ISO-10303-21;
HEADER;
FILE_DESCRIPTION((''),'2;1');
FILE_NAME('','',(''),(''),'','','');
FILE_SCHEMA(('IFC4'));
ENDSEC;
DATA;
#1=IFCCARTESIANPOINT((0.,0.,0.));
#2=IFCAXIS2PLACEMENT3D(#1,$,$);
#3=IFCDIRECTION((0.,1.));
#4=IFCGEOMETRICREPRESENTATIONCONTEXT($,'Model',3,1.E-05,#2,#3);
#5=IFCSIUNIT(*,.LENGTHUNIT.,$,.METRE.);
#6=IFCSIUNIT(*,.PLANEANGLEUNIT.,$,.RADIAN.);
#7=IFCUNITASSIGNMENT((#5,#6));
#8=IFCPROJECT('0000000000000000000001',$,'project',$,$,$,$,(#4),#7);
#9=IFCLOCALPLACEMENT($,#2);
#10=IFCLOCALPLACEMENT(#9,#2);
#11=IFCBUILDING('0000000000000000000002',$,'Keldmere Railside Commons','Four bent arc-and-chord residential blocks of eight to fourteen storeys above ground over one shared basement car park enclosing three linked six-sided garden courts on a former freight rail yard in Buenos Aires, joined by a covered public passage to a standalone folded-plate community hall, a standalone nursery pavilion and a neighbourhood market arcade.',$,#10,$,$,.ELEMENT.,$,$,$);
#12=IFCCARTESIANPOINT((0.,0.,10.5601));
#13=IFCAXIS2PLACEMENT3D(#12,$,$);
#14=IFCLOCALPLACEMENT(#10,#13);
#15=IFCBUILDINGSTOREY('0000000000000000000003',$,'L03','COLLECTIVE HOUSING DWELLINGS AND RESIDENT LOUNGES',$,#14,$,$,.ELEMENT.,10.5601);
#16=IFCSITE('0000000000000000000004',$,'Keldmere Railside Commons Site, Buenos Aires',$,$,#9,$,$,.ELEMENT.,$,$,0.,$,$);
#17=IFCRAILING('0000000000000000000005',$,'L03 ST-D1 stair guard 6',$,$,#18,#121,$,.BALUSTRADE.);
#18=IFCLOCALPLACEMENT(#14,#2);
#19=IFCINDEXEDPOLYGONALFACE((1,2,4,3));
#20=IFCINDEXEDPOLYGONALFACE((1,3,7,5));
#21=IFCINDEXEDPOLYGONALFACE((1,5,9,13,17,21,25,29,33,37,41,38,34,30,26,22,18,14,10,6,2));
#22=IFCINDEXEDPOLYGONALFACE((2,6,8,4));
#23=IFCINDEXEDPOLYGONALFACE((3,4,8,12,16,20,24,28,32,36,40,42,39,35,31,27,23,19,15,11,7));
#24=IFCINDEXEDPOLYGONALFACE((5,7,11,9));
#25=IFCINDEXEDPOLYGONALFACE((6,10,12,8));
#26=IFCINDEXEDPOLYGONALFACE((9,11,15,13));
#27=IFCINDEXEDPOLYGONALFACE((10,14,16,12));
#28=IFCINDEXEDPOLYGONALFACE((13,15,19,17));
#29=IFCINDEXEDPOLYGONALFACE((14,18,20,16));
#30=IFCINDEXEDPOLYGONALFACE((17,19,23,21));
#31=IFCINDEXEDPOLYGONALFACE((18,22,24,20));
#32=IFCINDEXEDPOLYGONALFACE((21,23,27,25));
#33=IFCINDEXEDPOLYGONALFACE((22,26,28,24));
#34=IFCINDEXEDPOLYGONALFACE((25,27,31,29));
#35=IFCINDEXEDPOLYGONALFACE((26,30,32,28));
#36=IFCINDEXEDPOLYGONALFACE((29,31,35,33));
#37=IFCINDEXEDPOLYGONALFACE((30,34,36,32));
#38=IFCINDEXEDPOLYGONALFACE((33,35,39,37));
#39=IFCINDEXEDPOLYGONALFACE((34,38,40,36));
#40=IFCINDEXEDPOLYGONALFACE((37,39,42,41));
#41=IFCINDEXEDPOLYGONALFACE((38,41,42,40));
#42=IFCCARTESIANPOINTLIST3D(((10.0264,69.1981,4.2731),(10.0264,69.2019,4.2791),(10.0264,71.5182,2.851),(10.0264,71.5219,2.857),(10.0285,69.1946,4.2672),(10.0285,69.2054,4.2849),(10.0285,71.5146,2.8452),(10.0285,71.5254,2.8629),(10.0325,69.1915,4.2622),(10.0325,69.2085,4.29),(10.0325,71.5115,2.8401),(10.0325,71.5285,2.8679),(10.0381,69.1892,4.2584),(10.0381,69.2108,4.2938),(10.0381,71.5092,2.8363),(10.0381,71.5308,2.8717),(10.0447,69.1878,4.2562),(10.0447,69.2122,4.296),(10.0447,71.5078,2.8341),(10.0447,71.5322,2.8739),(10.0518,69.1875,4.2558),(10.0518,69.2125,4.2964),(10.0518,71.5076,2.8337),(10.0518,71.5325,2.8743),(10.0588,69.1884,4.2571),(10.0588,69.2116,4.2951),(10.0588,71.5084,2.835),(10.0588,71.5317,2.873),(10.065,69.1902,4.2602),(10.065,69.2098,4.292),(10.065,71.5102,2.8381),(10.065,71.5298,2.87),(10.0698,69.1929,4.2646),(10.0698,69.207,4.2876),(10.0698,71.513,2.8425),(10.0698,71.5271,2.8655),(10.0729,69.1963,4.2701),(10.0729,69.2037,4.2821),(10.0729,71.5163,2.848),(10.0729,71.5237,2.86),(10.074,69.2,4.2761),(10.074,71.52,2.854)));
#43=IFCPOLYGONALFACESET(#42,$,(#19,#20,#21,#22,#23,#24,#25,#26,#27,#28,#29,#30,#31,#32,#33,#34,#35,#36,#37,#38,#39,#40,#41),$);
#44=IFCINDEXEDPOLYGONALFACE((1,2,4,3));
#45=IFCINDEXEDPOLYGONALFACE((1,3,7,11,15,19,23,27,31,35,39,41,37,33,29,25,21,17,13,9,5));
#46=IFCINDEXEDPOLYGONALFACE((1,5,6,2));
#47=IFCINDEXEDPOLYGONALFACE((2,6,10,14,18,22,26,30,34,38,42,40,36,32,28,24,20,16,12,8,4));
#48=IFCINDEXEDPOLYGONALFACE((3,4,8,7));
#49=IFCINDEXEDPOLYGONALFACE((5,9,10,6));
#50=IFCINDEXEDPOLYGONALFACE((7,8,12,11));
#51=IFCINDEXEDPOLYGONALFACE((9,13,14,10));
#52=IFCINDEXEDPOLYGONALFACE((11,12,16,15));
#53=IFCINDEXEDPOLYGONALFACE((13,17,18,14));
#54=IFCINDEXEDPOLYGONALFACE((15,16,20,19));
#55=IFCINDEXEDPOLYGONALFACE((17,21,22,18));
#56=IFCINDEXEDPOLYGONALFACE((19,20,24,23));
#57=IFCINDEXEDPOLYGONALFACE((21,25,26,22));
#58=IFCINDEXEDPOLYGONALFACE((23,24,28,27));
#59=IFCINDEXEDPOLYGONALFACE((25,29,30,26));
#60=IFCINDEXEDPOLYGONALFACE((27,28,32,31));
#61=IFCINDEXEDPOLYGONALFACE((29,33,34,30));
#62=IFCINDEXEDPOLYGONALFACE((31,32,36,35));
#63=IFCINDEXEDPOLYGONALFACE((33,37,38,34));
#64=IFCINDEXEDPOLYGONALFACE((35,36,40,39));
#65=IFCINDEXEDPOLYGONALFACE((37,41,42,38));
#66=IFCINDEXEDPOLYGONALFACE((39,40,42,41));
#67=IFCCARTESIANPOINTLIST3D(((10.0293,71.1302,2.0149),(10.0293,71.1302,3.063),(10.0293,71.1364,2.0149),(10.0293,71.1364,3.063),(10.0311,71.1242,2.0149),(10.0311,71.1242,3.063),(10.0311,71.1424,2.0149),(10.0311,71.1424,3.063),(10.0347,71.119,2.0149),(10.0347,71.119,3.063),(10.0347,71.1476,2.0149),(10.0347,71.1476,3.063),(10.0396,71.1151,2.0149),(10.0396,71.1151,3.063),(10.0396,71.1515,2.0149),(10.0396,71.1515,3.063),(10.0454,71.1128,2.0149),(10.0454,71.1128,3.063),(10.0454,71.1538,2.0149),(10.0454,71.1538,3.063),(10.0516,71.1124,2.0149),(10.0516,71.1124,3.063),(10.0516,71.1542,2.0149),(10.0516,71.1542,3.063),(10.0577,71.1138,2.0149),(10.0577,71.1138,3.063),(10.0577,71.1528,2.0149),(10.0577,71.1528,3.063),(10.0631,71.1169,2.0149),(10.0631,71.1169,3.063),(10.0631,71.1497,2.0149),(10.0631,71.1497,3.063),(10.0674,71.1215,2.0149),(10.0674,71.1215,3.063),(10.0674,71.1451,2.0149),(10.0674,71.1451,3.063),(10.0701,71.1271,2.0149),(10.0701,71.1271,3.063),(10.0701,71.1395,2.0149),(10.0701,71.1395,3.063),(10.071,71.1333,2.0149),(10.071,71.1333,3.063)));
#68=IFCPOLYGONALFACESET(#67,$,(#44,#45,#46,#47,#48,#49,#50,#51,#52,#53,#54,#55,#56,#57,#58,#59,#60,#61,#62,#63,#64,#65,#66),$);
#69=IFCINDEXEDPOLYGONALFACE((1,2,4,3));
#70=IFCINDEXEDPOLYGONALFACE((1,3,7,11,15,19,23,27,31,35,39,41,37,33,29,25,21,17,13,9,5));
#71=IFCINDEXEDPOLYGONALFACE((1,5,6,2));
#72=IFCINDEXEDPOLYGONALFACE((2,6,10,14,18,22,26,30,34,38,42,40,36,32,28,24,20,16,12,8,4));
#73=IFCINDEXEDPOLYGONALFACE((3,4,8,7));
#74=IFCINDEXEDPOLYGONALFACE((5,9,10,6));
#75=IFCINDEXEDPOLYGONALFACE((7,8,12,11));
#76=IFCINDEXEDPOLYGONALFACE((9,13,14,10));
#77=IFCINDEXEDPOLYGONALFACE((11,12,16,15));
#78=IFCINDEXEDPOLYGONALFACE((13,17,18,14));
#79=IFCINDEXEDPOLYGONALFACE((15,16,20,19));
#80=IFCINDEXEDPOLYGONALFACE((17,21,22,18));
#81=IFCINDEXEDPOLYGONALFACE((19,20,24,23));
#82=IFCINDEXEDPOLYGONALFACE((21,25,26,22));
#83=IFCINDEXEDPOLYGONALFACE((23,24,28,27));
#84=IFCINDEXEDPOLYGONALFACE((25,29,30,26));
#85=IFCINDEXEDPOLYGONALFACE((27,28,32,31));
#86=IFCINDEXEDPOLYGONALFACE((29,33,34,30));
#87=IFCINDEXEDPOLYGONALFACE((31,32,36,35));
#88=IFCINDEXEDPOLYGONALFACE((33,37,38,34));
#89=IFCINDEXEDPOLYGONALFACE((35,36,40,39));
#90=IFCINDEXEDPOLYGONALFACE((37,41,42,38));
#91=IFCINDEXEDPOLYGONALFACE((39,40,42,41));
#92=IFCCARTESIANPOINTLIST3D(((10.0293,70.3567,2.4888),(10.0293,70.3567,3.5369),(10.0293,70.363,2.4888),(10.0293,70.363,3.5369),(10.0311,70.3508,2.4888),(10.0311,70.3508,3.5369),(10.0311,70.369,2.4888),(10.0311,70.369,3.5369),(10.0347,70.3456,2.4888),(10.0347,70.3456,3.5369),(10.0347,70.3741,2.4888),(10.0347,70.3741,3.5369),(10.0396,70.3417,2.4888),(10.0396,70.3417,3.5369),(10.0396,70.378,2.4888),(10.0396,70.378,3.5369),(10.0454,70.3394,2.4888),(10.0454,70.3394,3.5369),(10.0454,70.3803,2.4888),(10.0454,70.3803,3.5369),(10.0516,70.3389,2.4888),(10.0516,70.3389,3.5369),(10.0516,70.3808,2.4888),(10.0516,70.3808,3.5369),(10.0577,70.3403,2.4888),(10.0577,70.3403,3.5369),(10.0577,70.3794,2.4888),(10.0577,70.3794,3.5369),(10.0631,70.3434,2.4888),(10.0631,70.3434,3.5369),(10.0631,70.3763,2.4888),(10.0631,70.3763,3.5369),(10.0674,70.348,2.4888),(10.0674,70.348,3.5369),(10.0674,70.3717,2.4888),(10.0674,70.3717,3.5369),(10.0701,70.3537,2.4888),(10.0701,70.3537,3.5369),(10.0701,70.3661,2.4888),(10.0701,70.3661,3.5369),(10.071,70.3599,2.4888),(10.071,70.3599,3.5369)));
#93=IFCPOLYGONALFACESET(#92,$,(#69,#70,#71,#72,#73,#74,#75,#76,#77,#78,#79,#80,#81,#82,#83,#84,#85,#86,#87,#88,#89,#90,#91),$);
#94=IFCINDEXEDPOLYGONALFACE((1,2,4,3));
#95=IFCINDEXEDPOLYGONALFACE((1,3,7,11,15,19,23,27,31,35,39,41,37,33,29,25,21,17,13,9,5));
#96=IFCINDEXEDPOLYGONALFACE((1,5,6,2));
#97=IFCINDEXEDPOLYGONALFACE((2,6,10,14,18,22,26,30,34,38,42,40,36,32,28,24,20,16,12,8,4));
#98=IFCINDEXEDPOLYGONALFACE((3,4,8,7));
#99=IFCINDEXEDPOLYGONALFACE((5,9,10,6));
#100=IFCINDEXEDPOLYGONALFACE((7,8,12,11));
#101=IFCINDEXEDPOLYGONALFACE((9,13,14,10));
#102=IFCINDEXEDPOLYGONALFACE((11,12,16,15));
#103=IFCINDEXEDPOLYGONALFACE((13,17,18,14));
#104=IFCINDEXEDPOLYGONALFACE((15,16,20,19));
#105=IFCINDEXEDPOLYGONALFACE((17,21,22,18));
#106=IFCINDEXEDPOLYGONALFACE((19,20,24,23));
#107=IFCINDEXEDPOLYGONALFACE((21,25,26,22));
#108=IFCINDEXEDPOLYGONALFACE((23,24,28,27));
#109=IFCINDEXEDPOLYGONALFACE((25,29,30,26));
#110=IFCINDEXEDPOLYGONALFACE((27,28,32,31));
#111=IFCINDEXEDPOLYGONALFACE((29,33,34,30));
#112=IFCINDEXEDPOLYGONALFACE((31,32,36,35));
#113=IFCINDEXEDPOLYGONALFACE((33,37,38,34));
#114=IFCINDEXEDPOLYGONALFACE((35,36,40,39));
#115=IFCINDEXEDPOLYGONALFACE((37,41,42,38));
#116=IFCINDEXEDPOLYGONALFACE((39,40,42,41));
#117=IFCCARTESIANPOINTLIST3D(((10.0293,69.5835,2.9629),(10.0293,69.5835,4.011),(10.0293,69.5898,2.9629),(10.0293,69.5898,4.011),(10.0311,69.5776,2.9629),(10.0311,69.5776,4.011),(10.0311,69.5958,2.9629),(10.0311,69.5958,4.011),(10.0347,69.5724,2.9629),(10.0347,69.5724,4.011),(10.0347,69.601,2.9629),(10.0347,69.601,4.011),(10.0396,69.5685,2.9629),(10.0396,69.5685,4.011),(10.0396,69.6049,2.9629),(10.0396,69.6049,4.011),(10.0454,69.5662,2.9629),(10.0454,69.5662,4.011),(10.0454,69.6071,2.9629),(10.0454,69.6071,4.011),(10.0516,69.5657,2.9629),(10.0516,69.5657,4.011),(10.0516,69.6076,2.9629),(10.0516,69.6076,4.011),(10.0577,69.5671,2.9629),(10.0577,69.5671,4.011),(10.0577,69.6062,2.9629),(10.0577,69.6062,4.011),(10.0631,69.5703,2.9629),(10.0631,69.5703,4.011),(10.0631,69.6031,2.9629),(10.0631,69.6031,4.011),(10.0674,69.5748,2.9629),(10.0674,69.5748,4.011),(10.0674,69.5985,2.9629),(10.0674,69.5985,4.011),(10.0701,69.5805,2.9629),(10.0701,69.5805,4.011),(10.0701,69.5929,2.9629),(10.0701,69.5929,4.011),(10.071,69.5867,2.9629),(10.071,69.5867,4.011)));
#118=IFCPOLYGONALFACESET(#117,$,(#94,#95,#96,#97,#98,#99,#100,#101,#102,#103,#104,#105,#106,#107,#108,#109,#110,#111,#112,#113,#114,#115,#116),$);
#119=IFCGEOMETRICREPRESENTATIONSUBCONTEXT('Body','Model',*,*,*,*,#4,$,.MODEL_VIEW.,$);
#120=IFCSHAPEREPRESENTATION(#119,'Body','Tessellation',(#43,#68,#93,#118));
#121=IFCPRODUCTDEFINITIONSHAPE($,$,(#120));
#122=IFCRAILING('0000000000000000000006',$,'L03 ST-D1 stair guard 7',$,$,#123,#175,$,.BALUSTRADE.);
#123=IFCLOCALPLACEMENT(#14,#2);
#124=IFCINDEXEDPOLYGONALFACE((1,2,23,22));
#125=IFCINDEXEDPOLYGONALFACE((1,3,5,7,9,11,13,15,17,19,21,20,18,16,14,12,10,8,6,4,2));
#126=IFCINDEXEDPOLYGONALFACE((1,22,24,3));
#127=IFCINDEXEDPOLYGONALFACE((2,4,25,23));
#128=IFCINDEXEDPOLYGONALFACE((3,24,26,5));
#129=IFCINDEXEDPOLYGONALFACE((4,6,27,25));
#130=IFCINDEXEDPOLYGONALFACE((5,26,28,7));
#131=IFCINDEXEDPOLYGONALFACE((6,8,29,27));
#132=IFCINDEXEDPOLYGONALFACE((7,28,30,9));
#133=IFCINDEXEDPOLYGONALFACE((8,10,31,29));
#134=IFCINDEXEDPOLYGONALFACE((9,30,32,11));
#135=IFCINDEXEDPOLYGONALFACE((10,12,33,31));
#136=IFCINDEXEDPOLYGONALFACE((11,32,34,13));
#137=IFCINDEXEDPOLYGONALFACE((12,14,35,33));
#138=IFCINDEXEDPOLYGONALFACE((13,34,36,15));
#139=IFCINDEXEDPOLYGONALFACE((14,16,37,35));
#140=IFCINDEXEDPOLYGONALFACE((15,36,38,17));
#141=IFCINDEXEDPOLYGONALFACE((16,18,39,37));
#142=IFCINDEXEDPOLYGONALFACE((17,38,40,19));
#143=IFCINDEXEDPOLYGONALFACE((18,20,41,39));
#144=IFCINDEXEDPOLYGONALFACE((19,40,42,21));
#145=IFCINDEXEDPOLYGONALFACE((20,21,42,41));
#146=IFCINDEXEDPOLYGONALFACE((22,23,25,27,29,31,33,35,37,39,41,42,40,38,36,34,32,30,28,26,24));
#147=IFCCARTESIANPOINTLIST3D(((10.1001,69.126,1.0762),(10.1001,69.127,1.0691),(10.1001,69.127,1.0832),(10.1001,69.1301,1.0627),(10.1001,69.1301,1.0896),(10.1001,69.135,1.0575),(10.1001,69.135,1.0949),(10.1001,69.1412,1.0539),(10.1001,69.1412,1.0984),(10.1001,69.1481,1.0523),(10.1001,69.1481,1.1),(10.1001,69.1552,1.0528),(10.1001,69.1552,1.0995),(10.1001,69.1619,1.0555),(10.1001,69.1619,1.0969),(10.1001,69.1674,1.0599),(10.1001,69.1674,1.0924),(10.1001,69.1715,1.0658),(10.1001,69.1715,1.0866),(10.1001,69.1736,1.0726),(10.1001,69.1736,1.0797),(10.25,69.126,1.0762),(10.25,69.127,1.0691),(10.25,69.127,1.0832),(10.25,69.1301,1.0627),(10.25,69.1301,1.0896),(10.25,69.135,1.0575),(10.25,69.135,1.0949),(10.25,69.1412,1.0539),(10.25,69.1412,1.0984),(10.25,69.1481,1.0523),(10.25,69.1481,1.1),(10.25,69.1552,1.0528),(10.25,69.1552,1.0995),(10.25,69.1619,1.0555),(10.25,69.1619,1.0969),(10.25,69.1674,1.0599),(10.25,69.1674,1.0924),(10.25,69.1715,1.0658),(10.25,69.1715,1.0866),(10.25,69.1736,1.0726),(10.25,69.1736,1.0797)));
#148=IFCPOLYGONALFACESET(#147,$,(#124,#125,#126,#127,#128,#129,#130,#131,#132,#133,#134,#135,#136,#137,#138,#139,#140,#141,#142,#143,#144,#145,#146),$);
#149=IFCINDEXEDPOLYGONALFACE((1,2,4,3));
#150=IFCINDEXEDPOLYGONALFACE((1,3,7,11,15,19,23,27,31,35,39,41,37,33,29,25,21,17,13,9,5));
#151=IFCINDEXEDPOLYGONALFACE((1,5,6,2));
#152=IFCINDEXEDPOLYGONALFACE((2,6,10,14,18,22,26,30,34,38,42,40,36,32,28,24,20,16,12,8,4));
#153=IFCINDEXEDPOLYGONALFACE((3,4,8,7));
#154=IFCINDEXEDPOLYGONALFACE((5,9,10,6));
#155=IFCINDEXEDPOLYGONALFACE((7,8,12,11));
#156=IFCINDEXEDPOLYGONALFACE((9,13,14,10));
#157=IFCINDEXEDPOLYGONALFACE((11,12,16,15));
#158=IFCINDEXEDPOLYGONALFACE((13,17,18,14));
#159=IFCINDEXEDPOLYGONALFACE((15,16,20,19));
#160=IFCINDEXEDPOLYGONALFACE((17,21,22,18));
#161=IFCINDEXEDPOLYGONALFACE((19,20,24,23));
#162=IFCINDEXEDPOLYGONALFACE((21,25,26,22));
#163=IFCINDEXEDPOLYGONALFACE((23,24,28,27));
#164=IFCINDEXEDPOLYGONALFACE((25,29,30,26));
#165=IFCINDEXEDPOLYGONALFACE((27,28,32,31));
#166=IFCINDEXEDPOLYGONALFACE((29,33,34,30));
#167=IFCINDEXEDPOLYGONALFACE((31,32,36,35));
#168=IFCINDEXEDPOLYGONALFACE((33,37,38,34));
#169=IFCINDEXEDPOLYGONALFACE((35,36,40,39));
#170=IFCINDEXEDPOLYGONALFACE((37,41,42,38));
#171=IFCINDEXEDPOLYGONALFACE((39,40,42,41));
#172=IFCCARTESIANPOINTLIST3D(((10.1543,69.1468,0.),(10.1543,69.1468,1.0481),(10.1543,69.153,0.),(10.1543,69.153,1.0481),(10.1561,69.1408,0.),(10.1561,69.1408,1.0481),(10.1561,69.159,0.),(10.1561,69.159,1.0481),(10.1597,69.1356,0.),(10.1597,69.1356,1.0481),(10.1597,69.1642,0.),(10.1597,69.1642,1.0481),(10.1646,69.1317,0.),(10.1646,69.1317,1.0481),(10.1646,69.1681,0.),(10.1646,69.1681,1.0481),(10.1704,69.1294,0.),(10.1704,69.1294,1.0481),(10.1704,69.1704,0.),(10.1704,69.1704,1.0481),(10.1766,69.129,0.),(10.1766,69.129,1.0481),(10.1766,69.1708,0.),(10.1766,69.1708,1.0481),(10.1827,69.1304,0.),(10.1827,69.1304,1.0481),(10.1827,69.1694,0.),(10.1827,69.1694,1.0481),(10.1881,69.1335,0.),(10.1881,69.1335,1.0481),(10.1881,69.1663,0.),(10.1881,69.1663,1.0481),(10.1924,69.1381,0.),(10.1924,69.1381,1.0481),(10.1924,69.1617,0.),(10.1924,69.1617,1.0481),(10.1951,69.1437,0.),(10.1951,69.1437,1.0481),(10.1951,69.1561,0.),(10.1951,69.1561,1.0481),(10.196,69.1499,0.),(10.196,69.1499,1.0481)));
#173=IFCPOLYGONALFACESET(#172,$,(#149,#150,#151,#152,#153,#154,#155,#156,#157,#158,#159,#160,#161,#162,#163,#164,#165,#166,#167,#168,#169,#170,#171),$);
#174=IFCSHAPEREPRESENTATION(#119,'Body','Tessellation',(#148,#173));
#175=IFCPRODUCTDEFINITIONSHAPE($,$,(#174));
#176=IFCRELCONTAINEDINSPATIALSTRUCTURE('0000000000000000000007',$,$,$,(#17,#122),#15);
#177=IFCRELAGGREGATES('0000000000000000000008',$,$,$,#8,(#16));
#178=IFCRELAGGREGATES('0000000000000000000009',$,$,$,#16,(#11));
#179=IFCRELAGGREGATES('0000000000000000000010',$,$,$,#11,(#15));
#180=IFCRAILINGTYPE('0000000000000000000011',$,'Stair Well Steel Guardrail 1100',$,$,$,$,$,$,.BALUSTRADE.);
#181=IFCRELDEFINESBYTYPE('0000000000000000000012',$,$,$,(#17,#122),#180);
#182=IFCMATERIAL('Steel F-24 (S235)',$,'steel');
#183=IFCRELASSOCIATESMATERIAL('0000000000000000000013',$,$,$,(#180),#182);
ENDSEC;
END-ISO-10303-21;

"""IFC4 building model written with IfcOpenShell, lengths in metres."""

from ifc_helpers import new_model, si_unit, direction, frame, origin, origin_2d, place, context, subcontext, project, spatial, circle, extrude, material, type_object, element, save


model = new_model("IFC4")

# Units and contexts
model_context = context("Model", 3, precision=1e-05, world=origin(), true_north=direction((0.0, 1.0)))
body_context = subcontext(model_context, "Body", "Model", "MODEL_VIEW")
ifc_project = project(units=[si_unit("LENGTHUNIT", "METRE"), si_unit("PLANEANGLEUNIT", "RADIAN")], contexts=[model_context])

# Site, building, storey
site_placement = place(None, origin())
site = spatial("IfcSite", under=ifc_project, at=site_placement, Name="Keldmere Railside Commons Site, Buenos Aires", CompositionType="ELEMENT", RefElevation=0.0)
building_placement = place(site_placement, origin())
building = spatial("IfcBuilding", under=site, at=building_placement, Name="Keldmere Railside Commons", Description="Four bent arc-and-chord residential blocks of eight to fourteen storeys above ground over one shared basement car park enclosing three linked six-sided garden courts on a former freight rail yard in Buenos Aires, joined by a covered public passage to a standalone folded-plate community hall, a standalone nursery pavilion and a neighbourhood market arcade.", CompositionType="ELEMENT")
storey_placement = place(building_placement, frame((0.0, 0.0, 10.5601)))
storey = spatial("IfcBuildingStorey", under=building, at=storey_placement, Name="L03", Description="COLLECTIVE HOUSING DWELLINGS AND RESIDENT LOUNGES", CompositionType="ELEMENT", Elevation=10.5601)

# Railings
ifc_material_1 = material(Name="Steel F-24 (S235)", Category="steel")
railing_type_1 = type_object("IfcRailingType", Name="Stair Well Steel Guardrail 1100", PredefinedType="BALUSTRADE", material=ifc_material_1)
railing_1_placement = place(storey_placement, frame((10.05, 71.52, 1.7778)))
element("IfcRailing", 1, at=railing_1_placement, inside=storey, type_object=railing_type_1, Name="L03 ST-D1 stair guard 6", PredefinedType="BALUSTRADE", context=body_context, shape_type="SweptSolid", body=[
    extrude(circle(Radius=0.0239, at=origin_2d()), frame((0.0, 0.0, 1.0762), z_axis=(0.0, -0.852578, 0.5226), x_axis=(1.0, 0.0, 0.0)), (0.0, 0.0, 1.0), 2.7212),
    extrude(circle(Radius=0.021, at=origin_2d()), frame((0.0, -0.3867, 0.2371)), (0.0, 0.0, 1.0), 1.0481),
    extrude(circle(Radius=0.021, at=origin_2d()), frame((0.0, -1.1602, 0.7109)), (0.0, 0.0, 1.0), 1.0481),
    extrude(circle(Radius=0.021, at=origin_2d()), frame((0.0, -1.9333, 1.1851)), (0.0, 0.0, 1.0), 1.0481),
])
railing_2_placement = place(storey_placement, frame((10.25, 69.1499, 0.0)))
element("IfcRailing", 2, at=railing_2_placement, inside=storey, type_object=railing_type_1, Name="L03 ST-D1 stair guard 7", PredefinedType="BALUSTRADE", context=body_context, shape_type="SweptSolid", body=[
    extrude(circle(Radius=0.0239, at=origin_2d()), frame((0.0, 0.0, 1.0762), z_axis=(-1.0, 0.0, 0.0), x_axis=(0.0, -1.0, 0.0)), (0.0, 0.0, 1.0), 0.1499),
    extrude(circle(Radius=0.021, at=origin_2d()), frame((-0.075, 0.0, 0.0)), (0.0, 0.0, 1.0), 1.0481),
])

save(model, "model.ifc")
